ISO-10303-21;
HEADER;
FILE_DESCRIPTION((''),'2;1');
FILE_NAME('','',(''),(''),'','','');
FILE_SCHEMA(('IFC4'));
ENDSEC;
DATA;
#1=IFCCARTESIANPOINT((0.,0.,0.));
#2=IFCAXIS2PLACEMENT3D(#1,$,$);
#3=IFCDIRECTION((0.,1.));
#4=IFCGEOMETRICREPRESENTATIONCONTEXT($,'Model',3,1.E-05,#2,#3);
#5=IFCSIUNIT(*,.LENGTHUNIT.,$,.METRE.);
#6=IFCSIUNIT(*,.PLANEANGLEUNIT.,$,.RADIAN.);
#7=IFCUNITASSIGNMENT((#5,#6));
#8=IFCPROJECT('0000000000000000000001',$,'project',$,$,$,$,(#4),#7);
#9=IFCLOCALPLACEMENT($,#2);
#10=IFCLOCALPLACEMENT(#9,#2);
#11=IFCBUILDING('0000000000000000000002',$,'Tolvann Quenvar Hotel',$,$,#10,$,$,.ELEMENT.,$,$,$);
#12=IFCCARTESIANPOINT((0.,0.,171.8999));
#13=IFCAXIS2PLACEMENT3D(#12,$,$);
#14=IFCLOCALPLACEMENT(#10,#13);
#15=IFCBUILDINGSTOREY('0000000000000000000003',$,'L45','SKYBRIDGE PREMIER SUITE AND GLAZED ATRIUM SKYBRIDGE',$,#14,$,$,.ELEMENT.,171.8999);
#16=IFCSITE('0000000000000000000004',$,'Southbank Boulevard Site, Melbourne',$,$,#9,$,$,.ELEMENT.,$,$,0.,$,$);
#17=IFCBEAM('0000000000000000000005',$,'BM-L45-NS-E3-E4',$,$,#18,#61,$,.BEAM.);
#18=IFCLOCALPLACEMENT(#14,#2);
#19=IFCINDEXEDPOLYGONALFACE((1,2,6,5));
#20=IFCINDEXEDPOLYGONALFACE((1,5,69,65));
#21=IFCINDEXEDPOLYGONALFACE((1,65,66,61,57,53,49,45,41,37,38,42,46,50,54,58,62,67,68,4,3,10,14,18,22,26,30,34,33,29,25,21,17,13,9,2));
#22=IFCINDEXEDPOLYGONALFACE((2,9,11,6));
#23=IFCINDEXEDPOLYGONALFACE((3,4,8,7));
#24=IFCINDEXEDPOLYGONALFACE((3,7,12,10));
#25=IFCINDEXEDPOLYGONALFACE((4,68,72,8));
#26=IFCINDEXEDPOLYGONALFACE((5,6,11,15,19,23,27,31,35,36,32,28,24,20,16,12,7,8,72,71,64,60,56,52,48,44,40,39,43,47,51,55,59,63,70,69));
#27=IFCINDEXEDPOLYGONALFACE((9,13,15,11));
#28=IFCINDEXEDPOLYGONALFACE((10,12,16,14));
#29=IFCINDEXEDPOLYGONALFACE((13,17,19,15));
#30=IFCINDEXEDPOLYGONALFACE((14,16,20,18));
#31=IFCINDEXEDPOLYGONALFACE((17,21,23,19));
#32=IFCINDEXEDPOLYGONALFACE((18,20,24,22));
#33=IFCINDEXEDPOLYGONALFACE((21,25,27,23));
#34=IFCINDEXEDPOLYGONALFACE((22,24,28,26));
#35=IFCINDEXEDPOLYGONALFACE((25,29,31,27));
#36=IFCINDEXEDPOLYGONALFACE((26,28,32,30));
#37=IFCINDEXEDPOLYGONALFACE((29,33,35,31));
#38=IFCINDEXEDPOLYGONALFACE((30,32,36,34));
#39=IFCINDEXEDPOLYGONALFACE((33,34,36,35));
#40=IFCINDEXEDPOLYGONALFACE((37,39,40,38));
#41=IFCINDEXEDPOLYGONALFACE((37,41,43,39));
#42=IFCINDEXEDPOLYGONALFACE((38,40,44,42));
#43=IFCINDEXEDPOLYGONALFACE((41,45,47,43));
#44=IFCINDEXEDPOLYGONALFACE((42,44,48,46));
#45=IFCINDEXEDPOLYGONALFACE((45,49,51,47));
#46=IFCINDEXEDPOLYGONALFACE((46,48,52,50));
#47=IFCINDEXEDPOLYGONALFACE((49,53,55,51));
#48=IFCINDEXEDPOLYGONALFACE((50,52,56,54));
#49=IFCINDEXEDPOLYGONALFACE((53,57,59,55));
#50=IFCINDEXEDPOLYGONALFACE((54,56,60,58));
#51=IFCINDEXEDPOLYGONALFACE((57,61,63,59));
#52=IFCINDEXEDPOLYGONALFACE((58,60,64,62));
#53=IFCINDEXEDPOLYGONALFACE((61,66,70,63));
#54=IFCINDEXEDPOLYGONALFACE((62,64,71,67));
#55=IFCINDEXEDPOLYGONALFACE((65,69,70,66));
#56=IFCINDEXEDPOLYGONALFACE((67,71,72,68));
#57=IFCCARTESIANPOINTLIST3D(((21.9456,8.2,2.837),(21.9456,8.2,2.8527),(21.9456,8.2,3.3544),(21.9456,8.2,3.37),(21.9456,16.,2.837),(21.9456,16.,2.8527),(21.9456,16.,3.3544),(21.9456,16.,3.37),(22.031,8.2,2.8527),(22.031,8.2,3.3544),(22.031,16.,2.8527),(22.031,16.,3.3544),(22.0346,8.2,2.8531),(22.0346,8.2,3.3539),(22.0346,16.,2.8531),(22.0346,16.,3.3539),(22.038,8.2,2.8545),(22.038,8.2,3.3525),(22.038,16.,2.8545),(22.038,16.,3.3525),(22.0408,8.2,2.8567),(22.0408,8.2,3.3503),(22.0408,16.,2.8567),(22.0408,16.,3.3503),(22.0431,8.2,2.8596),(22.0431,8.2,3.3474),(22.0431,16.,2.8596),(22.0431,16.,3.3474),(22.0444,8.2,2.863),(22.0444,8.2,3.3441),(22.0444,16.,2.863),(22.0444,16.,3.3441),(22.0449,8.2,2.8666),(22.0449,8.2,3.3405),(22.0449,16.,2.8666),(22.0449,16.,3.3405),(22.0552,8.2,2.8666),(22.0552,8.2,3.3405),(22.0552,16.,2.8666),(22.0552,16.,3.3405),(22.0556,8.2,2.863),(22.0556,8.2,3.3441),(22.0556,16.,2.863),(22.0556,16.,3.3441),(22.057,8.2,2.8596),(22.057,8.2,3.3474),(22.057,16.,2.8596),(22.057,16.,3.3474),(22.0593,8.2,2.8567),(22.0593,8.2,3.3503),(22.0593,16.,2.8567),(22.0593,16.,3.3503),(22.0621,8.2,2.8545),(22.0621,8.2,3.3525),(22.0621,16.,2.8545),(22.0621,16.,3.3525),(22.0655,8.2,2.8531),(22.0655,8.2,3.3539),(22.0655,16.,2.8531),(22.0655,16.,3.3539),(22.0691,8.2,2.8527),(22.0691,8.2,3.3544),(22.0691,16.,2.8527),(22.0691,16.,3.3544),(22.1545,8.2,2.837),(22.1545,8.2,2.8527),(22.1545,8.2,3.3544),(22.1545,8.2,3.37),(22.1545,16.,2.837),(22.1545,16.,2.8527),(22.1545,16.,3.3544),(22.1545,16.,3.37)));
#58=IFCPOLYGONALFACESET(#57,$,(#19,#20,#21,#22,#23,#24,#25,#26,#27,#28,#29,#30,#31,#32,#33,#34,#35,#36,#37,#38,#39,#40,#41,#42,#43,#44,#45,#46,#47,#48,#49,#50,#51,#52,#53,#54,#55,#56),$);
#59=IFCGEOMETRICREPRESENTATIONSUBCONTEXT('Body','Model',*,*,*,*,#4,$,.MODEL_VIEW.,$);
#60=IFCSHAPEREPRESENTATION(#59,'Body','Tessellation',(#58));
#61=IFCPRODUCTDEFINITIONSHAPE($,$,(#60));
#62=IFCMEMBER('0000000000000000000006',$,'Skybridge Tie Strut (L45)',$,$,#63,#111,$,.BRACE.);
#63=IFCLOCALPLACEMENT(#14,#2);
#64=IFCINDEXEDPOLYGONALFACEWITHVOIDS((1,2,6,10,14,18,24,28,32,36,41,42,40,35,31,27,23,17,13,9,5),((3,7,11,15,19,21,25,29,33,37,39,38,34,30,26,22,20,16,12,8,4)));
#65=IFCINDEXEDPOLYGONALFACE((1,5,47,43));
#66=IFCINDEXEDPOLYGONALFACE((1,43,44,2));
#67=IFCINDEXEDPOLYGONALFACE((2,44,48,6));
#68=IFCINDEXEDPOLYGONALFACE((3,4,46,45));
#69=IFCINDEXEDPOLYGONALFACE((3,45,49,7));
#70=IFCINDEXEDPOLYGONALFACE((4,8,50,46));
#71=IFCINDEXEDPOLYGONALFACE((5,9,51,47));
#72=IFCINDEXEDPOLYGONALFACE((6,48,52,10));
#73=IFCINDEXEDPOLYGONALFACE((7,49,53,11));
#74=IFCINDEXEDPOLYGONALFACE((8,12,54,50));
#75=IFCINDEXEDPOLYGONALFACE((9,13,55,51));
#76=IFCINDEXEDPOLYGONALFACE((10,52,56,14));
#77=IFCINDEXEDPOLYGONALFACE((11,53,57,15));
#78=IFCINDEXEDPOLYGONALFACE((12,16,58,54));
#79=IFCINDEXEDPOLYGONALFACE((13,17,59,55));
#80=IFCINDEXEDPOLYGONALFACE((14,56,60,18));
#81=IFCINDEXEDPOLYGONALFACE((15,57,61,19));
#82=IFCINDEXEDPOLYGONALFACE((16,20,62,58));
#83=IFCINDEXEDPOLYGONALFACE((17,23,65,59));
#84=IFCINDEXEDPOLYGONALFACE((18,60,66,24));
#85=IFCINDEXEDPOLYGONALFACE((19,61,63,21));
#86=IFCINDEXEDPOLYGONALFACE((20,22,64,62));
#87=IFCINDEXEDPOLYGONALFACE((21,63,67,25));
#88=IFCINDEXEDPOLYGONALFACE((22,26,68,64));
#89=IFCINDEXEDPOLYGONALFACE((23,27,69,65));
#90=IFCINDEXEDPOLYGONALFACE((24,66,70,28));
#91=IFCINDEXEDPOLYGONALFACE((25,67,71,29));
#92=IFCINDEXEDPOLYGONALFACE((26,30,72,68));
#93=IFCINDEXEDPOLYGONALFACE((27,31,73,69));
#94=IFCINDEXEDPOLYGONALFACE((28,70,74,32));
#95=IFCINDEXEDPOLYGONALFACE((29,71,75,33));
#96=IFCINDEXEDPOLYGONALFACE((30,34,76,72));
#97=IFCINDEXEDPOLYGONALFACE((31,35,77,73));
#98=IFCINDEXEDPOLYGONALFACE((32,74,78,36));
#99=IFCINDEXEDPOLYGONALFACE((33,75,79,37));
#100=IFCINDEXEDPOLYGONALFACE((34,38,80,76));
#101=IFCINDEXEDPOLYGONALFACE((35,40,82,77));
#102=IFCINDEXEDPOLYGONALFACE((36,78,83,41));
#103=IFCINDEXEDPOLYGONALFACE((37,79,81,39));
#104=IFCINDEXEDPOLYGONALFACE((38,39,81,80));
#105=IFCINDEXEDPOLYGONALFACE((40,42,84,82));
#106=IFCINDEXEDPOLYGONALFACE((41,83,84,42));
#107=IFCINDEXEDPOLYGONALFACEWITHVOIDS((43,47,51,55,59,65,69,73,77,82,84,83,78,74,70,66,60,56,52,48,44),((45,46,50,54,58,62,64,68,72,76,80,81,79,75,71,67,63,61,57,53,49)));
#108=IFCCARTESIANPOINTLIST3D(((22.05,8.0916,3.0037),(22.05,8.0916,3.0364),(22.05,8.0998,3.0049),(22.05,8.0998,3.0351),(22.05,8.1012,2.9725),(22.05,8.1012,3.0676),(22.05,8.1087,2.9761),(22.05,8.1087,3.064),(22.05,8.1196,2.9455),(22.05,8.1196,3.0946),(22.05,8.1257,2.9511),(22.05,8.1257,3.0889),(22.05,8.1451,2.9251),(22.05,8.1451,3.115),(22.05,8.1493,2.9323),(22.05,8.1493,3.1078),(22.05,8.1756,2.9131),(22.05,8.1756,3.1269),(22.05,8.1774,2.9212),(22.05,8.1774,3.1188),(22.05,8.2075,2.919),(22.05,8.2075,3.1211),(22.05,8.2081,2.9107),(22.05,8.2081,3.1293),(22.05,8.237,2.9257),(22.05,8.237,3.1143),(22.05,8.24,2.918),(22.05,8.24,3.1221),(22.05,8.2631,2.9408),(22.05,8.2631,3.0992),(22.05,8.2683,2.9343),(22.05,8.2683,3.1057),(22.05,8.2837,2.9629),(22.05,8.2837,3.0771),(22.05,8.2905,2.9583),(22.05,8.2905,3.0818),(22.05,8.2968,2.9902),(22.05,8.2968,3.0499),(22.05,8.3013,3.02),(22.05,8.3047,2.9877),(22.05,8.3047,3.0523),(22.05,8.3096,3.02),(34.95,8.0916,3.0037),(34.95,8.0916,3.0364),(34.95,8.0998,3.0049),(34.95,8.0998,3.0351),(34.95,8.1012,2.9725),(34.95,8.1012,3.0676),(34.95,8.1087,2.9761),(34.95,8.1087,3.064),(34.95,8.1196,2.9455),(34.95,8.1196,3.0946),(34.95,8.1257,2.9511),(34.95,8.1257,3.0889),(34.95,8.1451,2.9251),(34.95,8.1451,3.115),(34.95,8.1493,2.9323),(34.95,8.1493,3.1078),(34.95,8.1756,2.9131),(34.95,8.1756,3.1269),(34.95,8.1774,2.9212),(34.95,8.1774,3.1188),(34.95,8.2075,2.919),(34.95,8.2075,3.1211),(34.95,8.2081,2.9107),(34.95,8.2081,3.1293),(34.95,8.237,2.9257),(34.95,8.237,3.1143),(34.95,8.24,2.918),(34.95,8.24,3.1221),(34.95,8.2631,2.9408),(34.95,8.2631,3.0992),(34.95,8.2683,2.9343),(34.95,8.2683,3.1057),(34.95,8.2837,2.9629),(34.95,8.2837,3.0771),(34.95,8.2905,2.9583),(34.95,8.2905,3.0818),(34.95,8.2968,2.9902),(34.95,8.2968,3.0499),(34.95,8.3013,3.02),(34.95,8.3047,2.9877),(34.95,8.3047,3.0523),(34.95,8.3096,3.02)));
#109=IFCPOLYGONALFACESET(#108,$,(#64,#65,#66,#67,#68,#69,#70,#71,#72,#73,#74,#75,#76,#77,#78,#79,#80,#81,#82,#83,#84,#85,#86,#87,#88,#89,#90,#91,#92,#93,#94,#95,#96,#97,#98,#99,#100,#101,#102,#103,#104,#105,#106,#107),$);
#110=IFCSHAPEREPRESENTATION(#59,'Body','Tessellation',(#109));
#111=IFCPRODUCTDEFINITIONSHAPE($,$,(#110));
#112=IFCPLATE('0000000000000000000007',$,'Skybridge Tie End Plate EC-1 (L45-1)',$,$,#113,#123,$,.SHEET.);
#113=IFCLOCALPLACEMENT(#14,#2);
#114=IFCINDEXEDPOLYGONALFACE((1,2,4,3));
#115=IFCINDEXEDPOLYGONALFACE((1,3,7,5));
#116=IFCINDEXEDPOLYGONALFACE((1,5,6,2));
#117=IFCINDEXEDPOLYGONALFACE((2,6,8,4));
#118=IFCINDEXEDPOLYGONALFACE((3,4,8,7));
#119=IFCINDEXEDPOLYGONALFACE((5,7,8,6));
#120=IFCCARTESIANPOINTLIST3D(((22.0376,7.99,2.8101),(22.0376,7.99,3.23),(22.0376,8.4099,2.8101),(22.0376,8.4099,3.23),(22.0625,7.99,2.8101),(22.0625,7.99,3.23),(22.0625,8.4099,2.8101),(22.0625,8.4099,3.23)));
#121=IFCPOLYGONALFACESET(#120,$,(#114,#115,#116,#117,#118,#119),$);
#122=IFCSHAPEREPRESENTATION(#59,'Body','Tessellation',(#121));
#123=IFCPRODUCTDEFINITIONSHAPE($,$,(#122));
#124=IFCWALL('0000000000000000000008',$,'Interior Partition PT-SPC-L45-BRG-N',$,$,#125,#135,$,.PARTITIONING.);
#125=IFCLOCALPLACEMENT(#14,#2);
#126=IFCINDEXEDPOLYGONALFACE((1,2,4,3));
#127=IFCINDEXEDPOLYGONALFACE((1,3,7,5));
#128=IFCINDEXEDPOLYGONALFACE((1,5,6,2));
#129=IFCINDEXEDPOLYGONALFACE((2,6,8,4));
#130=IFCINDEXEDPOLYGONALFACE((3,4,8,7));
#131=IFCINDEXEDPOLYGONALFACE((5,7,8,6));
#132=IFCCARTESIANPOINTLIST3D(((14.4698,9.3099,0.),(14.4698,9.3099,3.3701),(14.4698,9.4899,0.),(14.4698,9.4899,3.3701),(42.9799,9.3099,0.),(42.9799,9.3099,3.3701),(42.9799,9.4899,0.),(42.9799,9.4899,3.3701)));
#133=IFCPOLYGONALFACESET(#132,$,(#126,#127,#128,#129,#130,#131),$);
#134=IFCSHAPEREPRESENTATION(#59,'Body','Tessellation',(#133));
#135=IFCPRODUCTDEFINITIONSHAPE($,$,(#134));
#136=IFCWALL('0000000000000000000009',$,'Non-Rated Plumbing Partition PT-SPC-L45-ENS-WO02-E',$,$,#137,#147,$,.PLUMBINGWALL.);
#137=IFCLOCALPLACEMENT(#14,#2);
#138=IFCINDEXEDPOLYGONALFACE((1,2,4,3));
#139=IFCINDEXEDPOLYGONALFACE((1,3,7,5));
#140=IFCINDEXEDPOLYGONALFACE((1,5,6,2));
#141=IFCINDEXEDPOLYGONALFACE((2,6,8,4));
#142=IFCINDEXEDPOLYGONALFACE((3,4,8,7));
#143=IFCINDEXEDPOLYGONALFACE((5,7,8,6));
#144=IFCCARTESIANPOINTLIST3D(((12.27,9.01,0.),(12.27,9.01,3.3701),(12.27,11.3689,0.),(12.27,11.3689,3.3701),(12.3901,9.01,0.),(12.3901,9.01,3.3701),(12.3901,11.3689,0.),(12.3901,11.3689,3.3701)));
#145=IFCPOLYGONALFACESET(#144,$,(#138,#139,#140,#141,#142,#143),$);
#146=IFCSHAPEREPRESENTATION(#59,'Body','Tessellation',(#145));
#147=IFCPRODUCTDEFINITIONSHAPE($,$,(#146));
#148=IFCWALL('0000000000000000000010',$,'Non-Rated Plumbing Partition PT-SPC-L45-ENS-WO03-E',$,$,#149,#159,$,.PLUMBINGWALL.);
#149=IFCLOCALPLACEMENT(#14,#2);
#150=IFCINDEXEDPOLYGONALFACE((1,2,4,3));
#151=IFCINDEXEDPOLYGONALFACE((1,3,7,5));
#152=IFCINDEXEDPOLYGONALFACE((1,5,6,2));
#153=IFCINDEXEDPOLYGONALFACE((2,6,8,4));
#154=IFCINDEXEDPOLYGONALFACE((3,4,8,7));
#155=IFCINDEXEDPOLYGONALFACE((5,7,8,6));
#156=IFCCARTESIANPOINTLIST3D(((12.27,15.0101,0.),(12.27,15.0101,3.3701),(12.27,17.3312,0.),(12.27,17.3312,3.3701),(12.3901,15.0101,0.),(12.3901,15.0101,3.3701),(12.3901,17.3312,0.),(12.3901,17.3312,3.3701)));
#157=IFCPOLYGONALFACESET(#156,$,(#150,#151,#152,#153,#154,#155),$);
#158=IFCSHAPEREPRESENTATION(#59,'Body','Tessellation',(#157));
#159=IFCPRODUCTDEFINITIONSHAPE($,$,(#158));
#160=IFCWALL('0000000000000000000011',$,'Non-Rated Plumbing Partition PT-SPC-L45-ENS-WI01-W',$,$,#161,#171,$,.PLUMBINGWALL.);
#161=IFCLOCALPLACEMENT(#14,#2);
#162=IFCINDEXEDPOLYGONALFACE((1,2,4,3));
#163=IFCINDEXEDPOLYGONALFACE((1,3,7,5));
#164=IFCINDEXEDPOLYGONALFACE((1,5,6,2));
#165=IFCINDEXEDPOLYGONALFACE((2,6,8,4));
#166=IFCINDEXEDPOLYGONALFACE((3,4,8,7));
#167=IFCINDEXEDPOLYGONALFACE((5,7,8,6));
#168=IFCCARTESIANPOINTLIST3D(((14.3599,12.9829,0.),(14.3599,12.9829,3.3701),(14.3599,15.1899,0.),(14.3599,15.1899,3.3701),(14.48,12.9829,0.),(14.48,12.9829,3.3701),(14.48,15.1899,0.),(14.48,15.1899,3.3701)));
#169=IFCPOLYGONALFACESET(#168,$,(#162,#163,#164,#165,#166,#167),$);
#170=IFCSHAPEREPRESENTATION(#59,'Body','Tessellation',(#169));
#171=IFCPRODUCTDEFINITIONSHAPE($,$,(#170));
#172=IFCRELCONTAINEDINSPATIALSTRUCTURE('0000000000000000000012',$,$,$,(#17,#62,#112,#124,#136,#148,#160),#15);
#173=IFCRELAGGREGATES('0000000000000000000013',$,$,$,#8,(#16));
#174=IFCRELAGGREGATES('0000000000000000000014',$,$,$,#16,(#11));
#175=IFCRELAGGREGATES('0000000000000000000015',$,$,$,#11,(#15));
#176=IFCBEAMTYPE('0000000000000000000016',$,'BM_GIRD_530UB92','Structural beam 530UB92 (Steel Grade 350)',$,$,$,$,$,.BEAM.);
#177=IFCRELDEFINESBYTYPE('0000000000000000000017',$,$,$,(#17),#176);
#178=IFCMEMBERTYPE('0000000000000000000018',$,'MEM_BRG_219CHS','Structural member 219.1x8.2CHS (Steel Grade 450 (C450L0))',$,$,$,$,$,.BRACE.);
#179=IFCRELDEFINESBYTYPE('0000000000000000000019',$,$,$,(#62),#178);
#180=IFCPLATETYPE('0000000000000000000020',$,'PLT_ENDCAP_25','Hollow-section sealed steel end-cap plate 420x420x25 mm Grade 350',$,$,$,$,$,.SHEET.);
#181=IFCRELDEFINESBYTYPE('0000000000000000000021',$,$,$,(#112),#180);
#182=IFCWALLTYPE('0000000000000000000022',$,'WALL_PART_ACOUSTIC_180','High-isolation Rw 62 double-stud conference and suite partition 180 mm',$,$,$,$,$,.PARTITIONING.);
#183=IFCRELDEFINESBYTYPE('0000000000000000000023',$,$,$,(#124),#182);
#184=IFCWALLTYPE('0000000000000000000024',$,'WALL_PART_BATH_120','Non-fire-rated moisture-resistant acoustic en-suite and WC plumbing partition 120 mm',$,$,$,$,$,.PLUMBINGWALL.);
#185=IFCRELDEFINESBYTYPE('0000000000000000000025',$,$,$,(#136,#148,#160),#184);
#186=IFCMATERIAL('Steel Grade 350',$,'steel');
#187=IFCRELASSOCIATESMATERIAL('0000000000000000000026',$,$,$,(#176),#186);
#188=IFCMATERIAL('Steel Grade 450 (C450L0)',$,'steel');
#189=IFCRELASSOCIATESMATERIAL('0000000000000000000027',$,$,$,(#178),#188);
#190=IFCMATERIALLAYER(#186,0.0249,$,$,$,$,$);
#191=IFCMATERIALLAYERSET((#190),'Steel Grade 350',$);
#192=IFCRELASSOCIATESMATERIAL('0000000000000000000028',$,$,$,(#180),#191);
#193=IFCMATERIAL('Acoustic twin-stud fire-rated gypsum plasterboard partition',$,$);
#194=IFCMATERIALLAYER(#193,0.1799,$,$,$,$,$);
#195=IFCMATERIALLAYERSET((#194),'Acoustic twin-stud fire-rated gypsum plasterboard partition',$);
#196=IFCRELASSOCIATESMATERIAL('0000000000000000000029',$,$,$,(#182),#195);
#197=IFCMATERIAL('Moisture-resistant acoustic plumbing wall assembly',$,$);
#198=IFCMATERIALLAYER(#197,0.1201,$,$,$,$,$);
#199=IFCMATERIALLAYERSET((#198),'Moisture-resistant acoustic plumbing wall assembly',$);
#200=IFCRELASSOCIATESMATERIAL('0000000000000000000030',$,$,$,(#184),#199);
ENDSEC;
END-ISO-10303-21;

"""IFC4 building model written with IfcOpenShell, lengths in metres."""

from ifc_helpers import new_model, si_unit, direction, frame, frame_2d, origin, origin_2d, place, context, subcontext, project, spatial, rectangle, hollow_circle, i_section, extrude, source, transform, mapped, material, layer, layer_set, material_profile, profile_set, type_object, type_shapes, element, save


model = new_model("IFC4")

# Units and contexts
model_context = context("Model", 3, precision=1e-05, world=origin(), true_north=direction((0.0, 1.0)))
body_context = subcontext(model_context, "Body", "Model", "MODEL_VIEW")
ifc_project = project(units=[si_unit("LENGTHUNIT", "METRE"), si_unit("PLANEANGLEUNIT", "RADIAN")], contexts=[model_context])

# Site, building, storey
site_placement = place(None, origin())
site = spatial("IfcSite", under=ifc_project, at=site_placement, Name="Southbank Boulevard Site, Melbourne", CompositionType="ELEMENT", RefElevation=0.0)
building_placement = place(site_placement, origin())
building = spatial("IfcBuilding", under=site, at=building_placement, Name="Tolvann Quenvar Hotel", CompositionType="ELEMENT")
storey_placement = place(building_placement, frame((0.0, 0.0, 171.8999)))
storey = spatial("IfcBuildingStorey", under=building, at=storey_placement, Name="L45", Description="SKYBRIDGE PREMIER SUITE AND GLAZED ATRIUM SKYBRIDGE", CompositionType="ELEMENT", Elevation=171.8999)

# Beam
ifc_material_1 = material(Name="Steel Grade 350", Category="steel")
ifc_material_profile_1 = material_profile(ifc_material_1, i_section(OverallWidth=0.209, OverallDepth=0.533, WebThickness=0.0103, FlangeThickness=0.0156, FilletRadius=0.0139, at=origin_2d()), Name="530UB92")
ifc_profile_set_1 = profile_set([ifc_material_profile_1], Name="Steel Grade 350")
beam_type = type_object("IfcBeamType", Name="BM_GIRD_530UB92", Description="Structural beam 530UB92 (Steel Grade 350)", PredefinedType="BEAM", material=ifc_profile_set_1)
shared_shape_1 = source(origin(), body_context, "Body", "SweptSolid", [
    extrude(i_section(OverallWidth=0.209, OverallDepth=0.533, WebThickness=0.0103, FlangeThickness=0.0156, FilletRadius=0.0139, at=origin_2d()), origin(), (0.0, 0.0, 1.0), 7.8),
])
type_shapes(beam_type, [shared_shape_1])
beam_placement = place(storey_placement, frame((22.05, 8.2, 3.1035), z_axis=(0.0, 1.0, 0.0), x_axis=(-1.0, 0.0, 0.0)))
element("IfcBeam", 1, at=beam_placement, inside=storey, type_object=beam_type, Name="BM-L45-NS-E3-E4", PredefinedType="BEAM", context=body_context, shape_type="MappedRepresentation", body=[
    mapped(shared_shape_1, transform((0.0, 0.0, 0.0), x_axis=(1.0, 0.0, 0.0), y_axis=(0.0, 1.0, 0.0), z_axis=(0.0, 0.0, 1.0), scale=1.0)),
])

# Member
ifc_material_2 = material(Name="Steel Grade 450 (C450L0)", Category="steel")
ifc_material_profile_2 = material_profile(ifc_material_2, hollow_circle(Radius=0.1096, WallThickness=0.0083, at=origin_2d()), Name="219.1x8.2CHS")
ifc_profile_set_2 = profile_set([ifc_material_profile_2], Name="Steel Grade 450 (C450L0)")
member_type = type_object("IfcMemberType", Name="MEM_BRG_219CHS", Description="Structural member 219.1x8.2CHS (Steel Grade 450 (C450L0))", PredefinedType="BRACE", material=ifc_profile_set_2)
shared_shape_2 = source(origin(), body_context, "Body", "SweptSolid", [
    extrude(hollow_circle(Radius=0.1096, WallThickness=0.0083, at=origin_2d()), origin(), (0.0, 0.0, 1.0), 12.8999),
])
type_shapes(member_type, [shared_shape_2])
member_placement = place(storey_placement, frame((22.05, 8.2, 3.02), z_axis=(1.0, 0.0, 0.0), x_axis=(0.0, 1.0, 0.0)))
element("IfcMember", 2, at=member_placement, inside=storey, type_object=member_type, Name="Skybridge Tie Strut (L45)", PredefinedType="BRACE", context=body_context, shape_type="MappedRepresentation", body=[
    mapped(shared_shape_2, transform((0.0, 0.0, 0.0), x_axis=(1.0, 0.0, 0.0), y_axis=(0.0, 1.0, 0.0), z_axis=(0.0, 0.0, 1.0), scale=1.0)),
])

# Plate
ifc_layer_1 = layer(ifc_material_1, 0.0249)
ifc_layer_set_1 = layer_set([ifc_layer_1], Name="Steel Grade 350")
plate_type = type_object("IfcPlateType", Name="PLT_ENDCAP_25", Description="Hollow-section sealed steel end-cap plate 420x420x25 mm Grade 350", PredefinedType="SHEET", material=ifc_layer_set_1)
shared_shape_3 = source(origin(), body_context, "Body", "SweptSolid", [
    extrude(rectangle(XDim=0.0249, YDim=0.4199, at=origin_2d()), origin(), (0.0, 0.0, 1.0), 0.4199),
])
type_shapes(plate_type, [shared_shape_3])
plate_placement = place(storey_placement, frame((22.05, 8.2, 2.8101), z_axis=(0.0, 0.0, 1.0), x_axis=(1.0, 0.0, 0.0)))
element("IfcPlate", 3, at=plate_placement, inside=storey, type_object=plate_type, Name="Skybridge Tie End Plate EC-1 (L45-1)", PredefinedType="SHEET", context=body_context, shape_type="MappedRepresentation", body=[
    mapped(shared_shape_3, transform((0.0, 0.0, 0.0), x_axis=(1.0, 0.0, 0.0), y_axis=(0.0, 1.0, 0.0), z_axis=(0.0, 0.0, 1.0), scale=1.0)),
])

# Walls
ifc_material_3 = material(Name="Acoustic twin-stud fire-rated gypsum plasterboard partition")
ifc_layer_2 = layer(ifc_material_3, 0.1799)
ifc_layer_set_2 = layer_set([ifc_layer_2], Name="Acoustic twin-stud fire-rated gypsum plasterboard partition")
wall_type_1 = type_object("IfcWallType", Name="WALL_PART_ACOUSTIC_180", Description="High-isolation Rw 62 double-stud conference and suite partition 180 mm", PredefinedType="PARTITIONING", material=ifc_layer_set_2)
wall_1_placement = place(storey_placement, frame((14.47, 9.3999, 0.0), z_axis=(0.0, 0.0, 1.0), x_axis=(1.0, 0.0, 0.0)))
element("IfcWall", 4, at=wall_1_placement, inside=storey, type_object=wall_type_1, Name="Interior Partition PT-SPC-L45-BRG-N", PredefinedType="PARTITIONING", context=body_context, shape_type="SweptSolid", body=[
    extrude(rectangle(XDim=28.51, YDim=0.1799, at=frame_2d((14.2549, 0.0))), origin(), (0.0, 0.0, 1.0), 3.3701),
])
ifc_material_4 = material(Name="Moisture-resistant acoustic plumbing wall assembly")
ifc_layer_3 = layer(ifc_material_4, 0.1201)
ifc_layer_set_3 = layer_set([ifc_layer_3], Name="Moisture-resistant acoustic plumbing wall assembly")
wall_type_2 = type_object("IfcWallType", Name="WALL_PART_BATH_120", Description="Non-fire-rated moisture-resistant acoustic en-suite and WC plumbing partition 120 mm", PredefinedType="PLUMBINGWALL", material=ifc_layer_set_3)
wall_2_placement = place(storey_placement, frame((12.3301, 9.01, 0.0), z_axis=(0.0, 0.0, 1.0), x_axis=(0.0, 1.0, 0.0)))
element("IfcWall", 5, at=wall_2_placement, inside=storey, type_object=wall_type_2, Name="Non-Rated Plumbing Partition PT-SPC-L45-ENS-WO02-E", PredefinedType="PLUMBINGWALL", context=body_context, shape_type="SweptSolid", body=[
    extrude(rectangle(XDim=2.3589, YDim=0.1201, at=frame_2d((1.1794, 0.0))), origin(), (0.0, 0.0, 1.0), 3.3701),
])
wall_3_placement = place(storey_placement, frame((12.3301, 15.01, 0.0), z_axis=(0.0, 0.0, 1.0), x_axis=(0.0, 1.0, 0.0)))
element("IfcWall", 6, at=wall_3_placement, inside=storey, type_object=wall_type_2, Name="Non-Rated Plumbing Partition PT-SPC-L45-ENS-WO03-E", PredefinedType="PLUMBINGWALL", context=body_context, shape_type="SweptSolid", body=[
    extrude(rectangle(XDim=2.321, YDim=0.1201, at=frame_2d((1.1606, 0.0))), origin(), (0.0, 0.0, 1.0), 3.3701),
])
wall_4_placement = place(storey_placement, frame((14.4199, 12.9829, 0.0), z_axis=(0.0, 0.0, 1.0), x_axis=(0.0, 1.0, 0.0)))
element("IfcWall", 7, at=wall_4_placement, inside=storey, type_object=wall_type_2, Name="Non-Rated Plumbing Partition PT-SPC-L45-ENS-WI01-W", PredefinedType="PLUMBINGWALL", context=body_context, shape_type="SweptSolid", body=[
    extrude(rectangle(XDim=2.207, YDim=0.1201, at=frame_2d((1.1035, 0.0))), origin(), (0.0, 0.0, 1.0), 3.3701),
])

save(model, "model.ifc")
